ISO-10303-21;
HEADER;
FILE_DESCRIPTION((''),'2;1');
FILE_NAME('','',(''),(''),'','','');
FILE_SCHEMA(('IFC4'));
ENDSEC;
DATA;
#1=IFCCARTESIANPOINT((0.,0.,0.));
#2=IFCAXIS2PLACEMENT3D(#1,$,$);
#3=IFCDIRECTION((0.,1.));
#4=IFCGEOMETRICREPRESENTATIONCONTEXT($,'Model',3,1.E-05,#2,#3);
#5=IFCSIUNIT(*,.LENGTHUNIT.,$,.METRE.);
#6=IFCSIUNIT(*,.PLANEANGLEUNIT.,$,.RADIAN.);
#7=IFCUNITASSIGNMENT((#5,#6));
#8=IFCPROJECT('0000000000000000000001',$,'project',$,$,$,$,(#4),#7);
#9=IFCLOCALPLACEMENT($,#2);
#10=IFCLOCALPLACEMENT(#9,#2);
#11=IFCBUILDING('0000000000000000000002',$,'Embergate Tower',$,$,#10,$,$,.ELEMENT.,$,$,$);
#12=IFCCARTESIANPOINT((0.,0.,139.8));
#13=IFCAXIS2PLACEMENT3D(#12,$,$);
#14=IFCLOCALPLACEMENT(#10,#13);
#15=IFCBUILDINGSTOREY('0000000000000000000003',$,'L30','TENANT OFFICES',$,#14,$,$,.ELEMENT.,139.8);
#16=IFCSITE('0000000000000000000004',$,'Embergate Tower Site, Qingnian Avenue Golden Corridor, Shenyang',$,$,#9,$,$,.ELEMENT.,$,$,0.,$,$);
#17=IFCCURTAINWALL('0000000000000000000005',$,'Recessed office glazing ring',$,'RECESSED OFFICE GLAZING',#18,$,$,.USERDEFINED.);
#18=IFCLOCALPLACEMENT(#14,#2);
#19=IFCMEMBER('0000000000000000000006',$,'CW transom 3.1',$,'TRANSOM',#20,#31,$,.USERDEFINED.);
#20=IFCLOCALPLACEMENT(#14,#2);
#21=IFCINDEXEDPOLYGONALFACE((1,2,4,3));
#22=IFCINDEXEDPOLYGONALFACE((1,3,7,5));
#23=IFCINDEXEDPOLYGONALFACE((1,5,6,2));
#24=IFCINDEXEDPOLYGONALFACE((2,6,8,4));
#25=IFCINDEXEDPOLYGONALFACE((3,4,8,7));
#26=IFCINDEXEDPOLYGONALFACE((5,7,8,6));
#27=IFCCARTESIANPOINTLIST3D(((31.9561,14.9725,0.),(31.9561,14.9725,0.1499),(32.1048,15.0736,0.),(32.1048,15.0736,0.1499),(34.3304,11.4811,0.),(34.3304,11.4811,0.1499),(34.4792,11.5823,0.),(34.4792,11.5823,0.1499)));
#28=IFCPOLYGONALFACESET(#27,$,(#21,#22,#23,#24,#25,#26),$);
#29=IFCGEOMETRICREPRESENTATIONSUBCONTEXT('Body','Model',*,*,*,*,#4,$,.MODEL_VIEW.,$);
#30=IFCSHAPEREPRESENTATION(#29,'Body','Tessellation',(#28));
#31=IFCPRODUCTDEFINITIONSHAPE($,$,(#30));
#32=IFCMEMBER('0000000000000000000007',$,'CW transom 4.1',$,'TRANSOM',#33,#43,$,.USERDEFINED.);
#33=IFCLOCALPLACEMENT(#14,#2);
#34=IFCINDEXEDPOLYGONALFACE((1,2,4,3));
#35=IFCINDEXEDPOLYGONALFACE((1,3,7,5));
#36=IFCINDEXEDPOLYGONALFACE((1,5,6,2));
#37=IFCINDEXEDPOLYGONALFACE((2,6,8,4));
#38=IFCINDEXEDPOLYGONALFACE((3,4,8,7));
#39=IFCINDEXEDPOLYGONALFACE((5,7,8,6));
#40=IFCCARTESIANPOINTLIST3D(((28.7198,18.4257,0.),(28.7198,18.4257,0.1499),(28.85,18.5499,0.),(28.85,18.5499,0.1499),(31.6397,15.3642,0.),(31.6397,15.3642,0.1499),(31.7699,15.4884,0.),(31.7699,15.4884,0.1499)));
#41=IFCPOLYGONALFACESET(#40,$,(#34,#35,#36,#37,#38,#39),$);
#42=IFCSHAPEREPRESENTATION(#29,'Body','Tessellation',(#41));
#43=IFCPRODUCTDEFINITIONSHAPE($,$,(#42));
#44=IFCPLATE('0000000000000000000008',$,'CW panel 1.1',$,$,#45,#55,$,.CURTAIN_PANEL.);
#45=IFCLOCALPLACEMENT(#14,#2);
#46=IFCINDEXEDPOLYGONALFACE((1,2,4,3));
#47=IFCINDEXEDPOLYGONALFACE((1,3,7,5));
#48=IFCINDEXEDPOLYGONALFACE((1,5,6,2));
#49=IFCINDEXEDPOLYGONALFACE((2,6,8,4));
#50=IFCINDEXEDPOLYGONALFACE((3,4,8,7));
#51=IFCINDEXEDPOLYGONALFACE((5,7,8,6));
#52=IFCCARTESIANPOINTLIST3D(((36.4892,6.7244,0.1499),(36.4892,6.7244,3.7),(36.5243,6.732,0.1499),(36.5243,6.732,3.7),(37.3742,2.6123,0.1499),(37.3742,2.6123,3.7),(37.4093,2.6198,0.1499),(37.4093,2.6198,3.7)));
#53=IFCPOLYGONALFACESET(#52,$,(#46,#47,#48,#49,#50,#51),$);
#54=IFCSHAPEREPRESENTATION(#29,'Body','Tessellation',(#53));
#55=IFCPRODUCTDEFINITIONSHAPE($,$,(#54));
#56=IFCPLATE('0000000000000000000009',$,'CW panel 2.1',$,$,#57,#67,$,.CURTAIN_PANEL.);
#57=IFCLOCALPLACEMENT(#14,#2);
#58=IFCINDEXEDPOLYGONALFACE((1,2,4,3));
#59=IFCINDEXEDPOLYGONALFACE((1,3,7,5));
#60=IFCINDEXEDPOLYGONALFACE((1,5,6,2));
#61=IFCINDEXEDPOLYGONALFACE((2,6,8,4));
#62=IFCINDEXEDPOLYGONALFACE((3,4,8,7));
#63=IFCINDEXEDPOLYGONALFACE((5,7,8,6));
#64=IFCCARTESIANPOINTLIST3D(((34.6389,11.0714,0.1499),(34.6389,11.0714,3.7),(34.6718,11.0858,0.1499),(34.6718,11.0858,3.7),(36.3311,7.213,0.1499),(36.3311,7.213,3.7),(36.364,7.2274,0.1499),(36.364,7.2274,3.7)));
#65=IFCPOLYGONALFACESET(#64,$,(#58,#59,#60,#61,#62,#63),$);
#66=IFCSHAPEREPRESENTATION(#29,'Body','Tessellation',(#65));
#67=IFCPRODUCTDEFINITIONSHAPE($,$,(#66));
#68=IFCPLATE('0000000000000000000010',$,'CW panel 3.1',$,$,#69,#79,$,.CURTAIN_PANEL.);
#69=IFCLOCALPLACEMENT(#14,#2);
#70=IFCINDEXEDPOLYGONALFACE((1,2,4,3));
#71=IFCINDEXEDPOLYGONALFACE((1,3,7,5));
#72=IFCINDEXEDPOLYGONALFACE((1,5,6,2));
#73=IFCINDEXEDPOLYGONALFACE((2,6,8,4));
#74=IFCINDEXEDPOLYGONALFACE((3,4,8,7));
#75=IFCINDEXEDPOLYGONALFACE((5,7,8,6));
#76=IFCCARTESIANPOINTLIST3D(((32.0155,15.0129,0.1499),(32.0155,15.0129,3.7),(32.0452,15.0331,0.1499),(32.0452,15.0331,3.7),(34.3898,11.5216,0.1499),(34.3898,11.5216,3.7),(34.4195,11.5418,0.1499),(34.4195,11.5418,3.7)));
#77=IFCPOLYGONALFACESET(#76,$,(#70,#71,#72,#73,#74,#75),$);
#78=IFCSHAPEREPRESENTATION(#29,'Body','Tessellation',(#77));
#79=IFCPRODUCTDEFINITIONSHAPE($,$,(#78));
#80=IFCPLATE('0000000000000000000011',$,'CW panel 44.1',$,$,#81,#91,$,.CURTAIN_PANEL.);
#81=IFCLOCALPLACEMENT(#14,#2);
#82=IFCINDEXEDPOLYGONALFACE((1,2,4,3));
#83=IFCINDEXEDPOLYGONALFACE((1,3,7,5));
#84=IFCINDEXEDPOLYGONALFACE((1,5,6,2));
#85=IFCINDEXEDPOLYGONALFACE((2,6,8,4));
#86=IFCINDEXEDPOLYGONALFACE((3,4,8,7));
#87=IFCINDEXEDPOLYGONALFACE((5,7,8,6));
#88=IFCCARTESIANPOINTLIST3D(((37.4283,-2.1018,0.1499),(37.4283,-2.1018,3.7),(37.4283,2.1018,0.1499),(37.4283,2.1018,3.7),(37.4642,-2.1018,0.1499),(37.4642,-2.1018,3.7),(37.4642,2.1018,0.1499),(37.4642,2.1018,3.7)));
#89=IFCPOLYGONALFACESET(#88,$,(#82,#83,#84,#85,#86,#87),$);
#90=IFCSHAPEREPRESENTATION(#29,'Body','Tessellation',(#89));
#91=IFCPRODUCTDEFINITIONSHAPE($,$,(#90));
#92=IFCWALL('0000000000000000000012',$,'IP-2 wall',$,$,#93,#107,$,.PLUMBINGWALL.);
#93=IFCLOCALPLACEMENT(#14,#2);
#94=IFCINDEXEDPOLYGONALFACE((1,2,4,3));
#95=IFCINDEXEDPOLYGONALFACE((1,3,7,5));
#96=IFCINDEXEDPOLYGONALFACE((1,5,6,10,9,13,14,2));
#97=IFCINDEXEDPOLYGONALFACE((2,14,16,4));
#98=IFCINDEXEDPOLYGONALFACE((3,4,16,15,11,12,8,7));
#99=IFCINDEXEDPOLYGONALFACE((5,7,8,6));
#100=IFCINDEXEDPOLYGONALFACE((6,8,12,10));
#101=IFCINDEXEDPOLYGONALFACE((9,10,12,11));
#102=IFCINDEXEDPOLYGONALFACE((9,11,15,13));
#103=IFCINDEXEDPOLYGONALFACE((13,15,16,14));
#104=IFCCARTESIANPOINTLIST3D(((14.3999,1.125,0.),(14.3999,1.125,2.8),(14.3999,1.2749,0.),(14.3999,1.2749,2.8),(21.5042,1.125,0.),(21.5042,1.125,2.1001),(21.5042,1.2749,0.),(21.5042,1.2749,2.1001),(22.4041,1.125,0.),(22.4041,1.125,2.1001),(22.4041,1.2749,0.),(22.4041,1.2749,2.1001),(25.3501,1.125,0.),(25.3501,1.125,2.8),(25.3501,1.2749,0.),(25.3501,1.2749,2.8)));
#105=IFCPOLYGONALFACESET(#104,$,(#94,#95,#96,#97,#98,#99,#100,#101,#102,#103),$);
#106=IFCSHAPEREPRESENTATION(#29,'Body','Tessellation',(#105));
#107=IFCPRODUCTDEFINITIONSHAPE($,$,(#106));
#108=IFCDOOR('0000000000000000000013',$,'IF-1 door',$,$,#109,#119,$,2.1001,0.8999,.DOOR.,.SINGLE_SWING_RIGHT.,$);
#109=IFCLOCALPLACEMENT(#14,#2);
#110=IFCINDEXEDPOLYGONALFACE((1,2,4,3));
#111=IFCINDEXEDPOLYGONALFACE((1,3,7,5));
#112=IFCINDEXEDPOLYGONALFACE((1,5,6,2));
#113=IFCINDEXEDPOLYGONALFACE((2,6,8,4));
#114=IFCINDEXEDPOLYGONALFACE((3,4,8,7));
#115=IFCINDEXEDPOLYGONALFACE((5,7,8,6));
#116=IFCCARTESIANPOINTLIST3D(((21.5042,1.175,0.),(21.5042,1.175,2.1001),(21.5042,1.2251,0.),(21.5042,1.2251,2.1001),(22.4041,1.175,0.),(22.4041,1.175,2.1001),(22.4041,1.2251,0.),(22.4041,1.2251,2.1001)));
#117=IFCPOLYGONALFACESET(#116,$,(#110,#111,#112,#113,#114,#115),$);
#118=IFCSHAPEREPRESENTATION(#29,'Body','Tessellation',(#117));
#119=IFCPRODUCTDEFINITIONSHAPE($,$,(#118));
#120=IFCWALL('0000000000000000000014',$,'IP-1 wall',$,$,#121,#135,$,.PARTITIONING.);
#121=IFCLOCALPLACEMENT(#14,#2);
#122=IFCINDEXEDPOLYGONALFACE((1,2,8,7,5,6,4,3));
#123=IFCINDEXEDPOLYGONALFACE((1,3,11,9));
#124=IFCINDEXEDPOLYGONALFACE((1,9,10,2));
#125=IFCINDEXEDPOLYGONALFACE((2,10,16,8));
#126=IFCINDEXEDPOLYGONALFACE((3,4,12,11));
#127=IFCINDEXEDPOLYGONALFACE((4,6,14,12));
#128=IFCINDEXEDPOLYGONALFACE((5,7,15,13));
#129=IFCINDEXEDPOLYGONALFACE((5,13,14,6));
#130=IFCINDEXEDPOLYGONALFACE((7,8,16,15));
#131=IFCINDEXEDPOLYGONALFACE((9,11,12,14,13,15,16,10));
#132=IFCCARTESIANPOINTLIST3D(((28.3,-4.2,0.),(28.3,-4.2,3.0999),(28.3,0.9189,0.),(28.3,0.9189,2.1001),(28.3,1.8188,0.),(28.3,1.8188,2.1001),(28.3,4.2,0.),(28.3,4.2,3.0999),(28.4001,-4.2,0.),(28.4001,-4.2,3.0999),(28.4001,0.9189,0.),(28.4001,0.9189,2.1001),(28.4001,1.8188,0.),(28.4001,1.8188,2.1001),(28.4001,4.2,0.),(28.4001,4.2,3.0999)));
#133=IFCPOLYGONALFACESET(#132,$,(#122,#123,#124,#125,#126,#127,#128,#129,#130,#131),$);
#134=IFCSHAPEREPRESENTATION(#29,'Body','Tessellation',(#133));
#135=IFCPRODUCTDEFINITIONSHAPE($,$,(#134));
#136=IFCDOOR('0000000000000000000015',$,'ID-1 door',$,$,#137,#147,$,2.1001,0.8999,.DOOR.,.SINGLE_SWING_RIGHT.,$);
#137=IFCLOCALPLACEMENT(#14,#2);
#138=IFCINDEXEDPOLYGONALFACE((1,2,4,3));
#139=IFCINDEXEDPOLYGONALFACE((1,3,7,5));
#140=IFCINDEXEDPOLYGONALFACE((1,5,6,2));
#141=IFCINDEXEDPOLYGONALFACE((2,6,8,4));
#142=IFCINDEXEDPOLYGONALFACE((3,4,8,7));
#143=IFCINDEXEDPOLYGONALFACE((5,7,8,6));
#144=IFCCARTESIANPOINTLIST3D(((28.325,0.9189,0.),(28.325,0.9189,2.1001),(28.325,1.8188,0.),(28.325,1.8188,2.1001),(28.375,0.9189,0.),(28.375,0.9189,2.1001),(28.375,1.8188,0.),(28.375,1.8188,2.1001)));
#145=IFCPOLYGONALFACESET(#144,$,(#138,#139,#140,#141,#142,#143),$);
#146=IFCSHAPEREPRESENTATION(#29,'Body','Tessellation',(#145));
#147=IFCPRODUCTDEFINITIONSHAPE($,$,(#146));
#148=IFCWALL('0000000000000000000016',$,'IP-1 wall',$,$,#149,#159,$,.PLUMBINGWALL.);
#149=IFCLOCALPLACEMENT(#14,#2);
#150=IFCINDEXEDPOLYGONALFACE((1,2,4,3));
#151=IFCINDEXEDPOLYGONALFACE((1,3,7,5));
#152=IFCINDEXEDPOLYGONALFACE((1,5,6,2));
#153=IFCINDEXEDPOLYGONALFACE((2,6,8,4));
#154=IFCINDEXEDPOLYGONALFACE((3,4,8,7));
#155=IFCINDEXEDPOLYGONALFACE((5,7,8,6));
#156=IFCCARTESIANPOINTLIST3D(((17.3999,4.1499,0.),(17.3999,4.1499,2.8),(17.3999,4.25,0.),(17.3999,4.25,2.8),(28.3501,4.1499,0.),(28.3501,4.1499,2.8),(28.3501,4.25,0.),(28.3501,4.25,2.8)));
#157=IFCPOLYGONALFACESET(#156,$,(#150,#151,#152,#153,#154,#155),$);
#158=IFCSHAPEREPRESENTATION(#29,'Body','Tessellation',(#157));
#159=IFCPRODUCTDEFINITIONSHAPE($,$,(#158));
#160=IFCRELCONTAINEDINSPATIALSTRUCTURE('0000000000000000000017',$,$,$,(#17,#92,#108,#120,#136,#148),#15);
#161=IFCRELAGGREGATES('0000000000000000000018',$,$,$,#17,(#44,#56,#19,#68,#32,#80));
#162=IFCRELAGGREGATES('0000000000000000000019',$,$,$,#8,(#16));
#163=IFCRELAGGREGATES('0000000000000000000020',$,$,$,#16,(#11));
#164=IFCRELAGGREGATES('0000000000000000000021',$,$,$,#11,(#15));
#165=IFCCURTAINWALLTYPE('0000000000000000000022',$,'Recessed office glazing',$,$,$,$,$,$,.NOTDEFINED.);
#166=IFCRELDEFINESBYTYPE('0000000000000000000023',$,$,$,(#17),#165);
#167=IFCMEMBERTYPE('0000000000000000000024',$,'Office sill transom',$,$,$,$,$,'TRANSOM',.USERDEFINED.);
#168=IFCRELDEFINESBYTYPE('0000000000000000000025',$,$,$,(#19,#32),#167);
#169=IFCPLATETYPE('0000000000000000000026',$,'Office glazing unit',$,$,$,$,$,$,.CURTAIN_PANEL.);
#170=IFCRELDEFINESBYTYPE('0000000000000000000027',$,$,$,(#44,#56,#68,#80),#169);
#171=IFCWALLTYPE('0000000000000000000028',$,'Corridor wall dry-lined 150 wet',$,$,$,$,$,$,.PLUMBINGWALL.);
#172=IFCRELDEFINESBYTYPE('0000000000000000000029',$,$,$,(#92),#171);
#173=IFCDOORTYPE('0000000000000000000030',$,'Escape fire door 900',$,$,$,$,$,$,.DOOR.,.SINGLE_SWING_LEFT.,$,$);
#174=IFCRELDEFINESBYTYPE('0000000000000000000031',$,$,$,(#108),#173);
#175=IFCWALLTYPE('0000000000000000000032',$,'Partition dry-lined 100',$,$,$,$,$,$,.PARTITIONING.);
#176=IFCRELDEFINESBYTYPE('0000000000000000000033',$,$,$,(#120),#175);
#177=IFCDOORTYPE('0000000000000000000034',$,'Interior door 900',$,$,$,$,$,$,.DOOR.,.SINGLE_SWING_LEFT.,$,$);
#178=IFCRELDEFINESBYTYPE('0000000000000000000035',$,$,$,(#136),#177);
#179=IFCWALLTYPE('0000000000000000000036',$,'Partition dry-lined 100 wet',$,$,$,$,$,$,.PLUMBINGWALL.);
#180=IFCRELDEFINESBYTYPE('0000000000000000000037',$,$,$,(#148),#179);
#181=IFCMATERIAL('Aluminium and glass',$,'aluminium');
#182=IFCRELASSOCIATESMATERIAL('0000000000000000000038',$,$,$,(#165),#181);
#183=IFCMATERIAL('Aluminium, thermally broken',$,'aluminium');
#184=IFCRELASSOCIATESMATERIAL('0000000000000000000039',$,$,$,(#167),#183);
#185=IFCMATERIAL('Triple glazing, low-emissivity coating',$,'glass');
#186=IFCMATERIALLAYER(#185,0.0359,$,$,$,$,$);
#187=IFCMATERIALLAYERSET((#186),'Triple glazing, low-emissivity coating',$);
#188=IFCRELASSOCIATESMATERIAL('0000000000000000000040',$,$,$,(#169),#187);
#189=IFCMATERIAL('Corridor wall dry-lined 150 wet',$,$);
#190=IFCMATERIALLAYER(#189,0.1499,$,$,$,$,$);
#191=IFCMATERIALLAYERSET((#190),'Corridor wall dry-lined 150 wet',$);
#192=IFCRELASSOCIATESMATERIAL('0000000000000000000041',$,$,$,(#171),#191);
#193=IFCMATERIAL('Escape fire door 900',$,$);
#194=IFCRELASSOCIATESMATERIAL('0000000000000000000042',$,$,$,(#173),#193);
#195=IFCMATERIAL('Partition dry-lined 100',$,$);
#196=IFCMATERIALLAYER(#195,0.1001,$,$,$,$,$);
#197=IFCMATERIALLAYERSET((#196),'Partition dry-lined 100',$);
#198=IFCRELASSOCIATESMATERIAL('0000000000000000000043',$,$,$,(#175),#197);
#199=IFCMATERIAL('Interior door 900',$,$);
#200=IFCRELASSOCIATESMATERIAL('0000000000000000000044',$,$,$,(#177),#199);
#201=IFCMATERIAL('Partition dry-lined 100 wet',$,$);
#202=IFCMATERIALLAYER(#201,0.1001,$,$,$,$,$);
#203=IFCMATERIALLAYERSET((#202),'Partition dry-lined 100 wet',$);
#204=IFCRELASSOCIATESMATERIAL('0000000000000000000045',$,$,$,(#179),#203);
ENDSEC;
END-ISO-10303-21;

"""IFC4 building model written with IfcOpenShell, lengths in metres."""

from ifc_helpers import new_model, si_unit, direction, frame, frame_2d, origin, origin_2d, place, context, subcontext, project, spatial, rectangle, extrude, source, transform, mapped, material, layer, layer_set, material_profile, profile_set, type_object, element, fill, aggregate, save


model = new_model("IFC4")

# Units and contexts
model_context = context("Model", 3, precision=1e-05, world=origin(), true_north=direction((0.0, 1.0)))
body_context = subcontext(model_context, "Body", "Model", "MODEL_VIEW")
ifc_project = project(units=[si_unit("LENGTHUNIT", "METRE"), si_unit("PLANEANGLEUNIT", "RADIAN")], contexts=[model_context])

# Site, building, storey
site_placement = place(None, origin())
site = spatial("IfcSite", under=ifc_project, at=site_placement, Name="Embergate Tower Site, Qingnian Avenue Golden Corridor, Shenyang", CompositionType="ELEMENT", RefElevation=0.0)
building_placement = place(site_placement, origin())
building = spatial("IfcBuilding", under=site, at=building_placement, Name="Embergate Tower", CompositionType="ELEMENT")
storey_placement = place(building_placement, frame((0.0, 0.0, 139.8)))
storey = spatial("IfcBuildingStorey", under=building, at=storey_placement, Name="L30", Description="TENANT OFFICES", CompositionType="ELEMENT", Elevation=139.8)

# Curtain wall, members, plates
ifc_material_1 = material(Name="Aluminium and glass", Category="aluminium")
curtain_wall_type = type_object("IfcCurtainWallType", Name="Recessed office glazing", PredefinedType="NOTDEFINED", material=ifc_material_1)
curtain_wall_placement = place(storey_placement, origin())
curtain_wall = element("IfcCurtainWall", 1, at=curtain_wall_placement, inside=storey, type_object=curtain_wall_type, Name="Recessed office glazing ring", ObjectType="RECESSED OFFICE GLAZING", PredefinedType="USERDEFINED")
ifc_material_2 = material(Name="Aluminium, thermally broken", Category="aluminium")
ifc_material_profile_1 = material_profile(ifc_material_2, rectangle(XDim=0.1799, YDim=0.1499, at=origin_2d()), Name="AL 150x180")
ifc_profile_set_1 = profile_set([ifc_material_profile_1], Name="Aluminium, thermally broken")
member_type_1 = type_object("IfcMemberType", Name="Office sill transom", ElementType="TRANSOM", PredefinedType="USERDEFINED", material=ifc_profile_set_1)
shared_shape_1 = source(origin(), body_context, "Body", "SweptSolid", [
    extrude(rectangle(XDim=0.1799, YDim=0.1499, at=origin_2d()), origin(), (0.0, 0.0, 1.0), 4.2222),
])
member_1_placement = place(storey_placement, frame((34.4048, 11.5317, 0.075), z_axis=(-0.56235, 0.8269, 0.0), x_axis=(-0.8269, -0.56235, 0.0)))
member_1 = element("IfcMember", 2, at=member_1_placement, type_object=member_type_1, Name="CW transom 3.1", ObjectType="TRANSOM", PredefinedType="USERDEFINED", context=body_context, shape_type="MappedRepresentation", body=[
    mapped(shared_shape_1, transform((0.0, 0.0, 0.0))),
])
shared_shape_2 = source(origin(), body_context, "Body", "SweptSolid", [
    extrude(rectangle(XDim=0.1799, YDim=0.1499, at=origin_2d()), origin(), (0.0, 0.0, 1.0), 4.2307),
])
member_2_placement = place(storey_placement, frame((31.7048, 15.4263, 0.075), z_axis=(-0.690174, 0.723644, 0.0), x_axis=(-0.723644, -0.690174, 0.0)))
member_2 = element("IfcMember", 3, at=member_2_placement, type_object=member_type_1, Name="CW transom 4.1", ObjectType="TRANSOM", PredefinedType="USERDEFINED", context=body_context, shape_type="MappedRepresentation", body=[
    mapped(shared_shape_2, transform((0.0, 0.0, 0.0))),
])
ifc_material_3 = material(Name="Triple glazing, low-emissivity coating", Category="glass")
ifc_layer_1 = layer(ifc_material_3, 0.0359)
ifc_layer_set_1 = layer_set([ifc_layer_1], Name="Triple glazing, low-emissivity coating")
plate_type = type_object("IfcPlateType", Name="Office glazing unit", PredefinedType="CURTAIN_PANEL", material=ifc_layer_set_1)
shared_shape_3 = source(origin(), body_context, "Body", "SweptSolid", [
    extrude(rectangle(XDim=4.2063, YDim=0.0359, at=origin_2d()), origin(), (0.0, 0.0, 1.0), 3.55),
])
plate_1_placement = place(storey_placement, frame((36.9492, 4.6721, 0.1499), z_axis=(0.0, 0.0, 1.0), x_axis=(-0.210398, 0.977616, 0.0)))
plate_1 = element("IfcPlate", 4, at=plate_1_placement, type_object=plate_type, Name="CW panel 1.1", PredefinedType="CURTAIN_PANEL", context=body_context, shape_type="MappedRepresentation", body=[
    mapped(shared_shape_3, transform((0.0, 0.0, 0.0))),
])
shared_shape_4 = source(origin(), body_context, "Body", "SweptSolid", [
    extrude(rectangle(XDim=4.2131, YDim=0.0359, at=origin_2d()), origin(), (0.0, 0.0, 1.0), 3.55),
])
plate_2_placement = place(storey_placement, frame((35.5015, 9.1494, 0.1499), z_axis=(0.0, 0.0, 1.0), x_axis=(-0.401655, 0.915791, 0.0)))
plate_2 = element("IfcPlate", 5, at=plate_2_placement, type_object=plate_type, Name="CW panel 2.1", PredefinedType="CURTAIN_PANEL", context=body_context, shape_type="MappedRepresentation", body=[
    mapped(shared_shape_4, transform((0.0, 0.0, 0.0))),
])
shared_shape_5 = source(origin(), body_context, "Body", "SweptSolid", [
    extrude(rectangle(XDim=4.2222, YDim=0.0359, at=origin_2d()), origin(), (0.0, 0.0, 1.0), 3.55),
])
plate_3_placement = place(storey_placement, frame((33.2175, 13.2773, 0.1499), z_axis=(0.0, 0.0, 1.0), x_axis=(-0.562345, 0.826903, 0.0)))
plate_3 = element("IfcPlate", 6, at=plate_3_placement, type_object=plate_type, Name="CW panel 3.1", PredefinedType="CURTAIN_PANEL", context=body_context, shape_type="MappedRepresentation", body=[
    mapped(shared_shape_5, transform((0.0, 0.0, 0.0))),
])
shared_shape_6 = source(origin(), body_context, "Body", "SweptSolid", [
    extrude(rectangle(XDim=4.2036, YDim=0.0359, at=origin_2d()), origin(), (0.0, 0.0, 1.0), 3.55),
])
plate_4_placement = place(storey_placement, frame((37.4463, 0.0, 0.1499), z_axis=(0.0, 0.0, 1.0), x_axis=(0.0, 1.0, 0.0)))
plate_4 = element("IfcPlate", 7, at=plate_4_placement, type_object=plate_type, Name="CW panel 44.1", PredefinedType="CURTAIN_PANEL", context=body_context, shape_type="MappedRepresentation", body=[
    mapped(shared_shape_6, transform((0.0, 0.0, 0.0))),
])
aggregate(curtain_wall, [plate_1, plate_2, member_1, plate_3, member_2, plate_4])

# Walls, openings, doors
ifc_material_4 = material(Name="Corridor wall dry-lined 150 wet")
ifc_layer_2 = layer(ifc_material_4, 0.1499)
ifc_layer_set_2 = layer_set([ifc_layer_2], Name="Corridor wall dry-lined 150 wet")
wall_type_1 = type_object("IfcWallType", Name="Corridor wall dry-lined 150 wet", PredefinedType="PLUMBINGWALL", material=ifc_layer_set_2)
shared_shape_7 = source(origin(), body_context, "Body", "SweptSolid", [
    extrude(rectangle(XDim=10.9502, YDim=0.1499, at=frame_2d((5.4751, 0.0))), origin(), (0.0, 0.0, 1.0), 2.8),
])
wall_1_placement = place(storey_placement, frame((25.3501, 1.2, 0.0), z_axis=(0.0, 0.0, 1.0), x_axis=(-1.0, 0.0, 0.0)))
wall_1 = element("IfcWall", 8, at=wall_1_placement, inside=storey, type_object=wall_type_1, Name="IP-2 wall", PredefinedType="PLUMBINGWALL", context=body_context, shape_type="MappedRepresentation", body=[
    mapped(shared_shape_7, transform((0.0, 0.0, 0.0))),
])
shared_shape_8 = source(origin(), body_context, "Body", "SweptSolid", [
    extrude(rectangle(XDim=0.8999, YDim=2.1001, at=frame_2d((0.45, 1.05))), frame((0.0, 0.085, 0.0), z_axis=(0.0, -1.0, 0.0), x_axis=(1.0, 0.0, 0.0)), (0.0, 0.0, 1.0), 0.1699),
])
opening_1_placement = place(wall_1_placement, frame((2.946, 0.0, 0.0)))
opening_1 = element("IfcOpeningElement", 9, at=opening_1_placement, cuts=wall_1, PredefinedType="OPENING", context=body_context, shape_type="MappedRepresentation", body=[
    mapped(shared_shape_8, transform((0.0, 0.0, 0.0))),
])
ifc_material_5 = material(Name="Escape fire door 900")
door_type_1 = type_object("IfcDoorType", Name="Escape fire door 900", OperationType="SINGLE_SWING_LEFT", PredefinedType="DOOR", material=ifc_material_5)
shared_shape_9 = source(origin(), body_context, "Body", "SweptSolid", [
    extrude(rectangle(XDim=0.8999, YDim=2.1001, at=frame_2d((0.45, 1.05))), frame((0.0, 0.0249, 0.0), z_axis=(0.0, -1.0, 0.0), x_axis=(1.0, 0.0, 0.0)), (0.0, 0.0, 1.0), 0.05),
])
door_1_placement = place(opening_1_placement, origin())
door_1 = element("IfcDoor", 10, at=door_1_placement, inside=storey, type_object=door_type_1, Name="IF-1 door", OperationType="SINGLE_SWING_RIGHT", OverallHeight=2.1001, OverallWidth=0.8999, PredefinedType="DOOR", context=body_context, shape_type="MappedRepresentation", body=[
    mapped(shared_shape_9, transform((0.0, 0.0, 0.0))),
])
fill(opening_1, door_1)
ifc_material_6 = material(Name="Partition dry-lined 100")
ifc_layer_3 = layer(ifc_material_6, 0.1001)
ifc_layer_set_3 = layer_set([ifc_layer_3], Name="Partition dry-lined 100")
wall_type_2 = type_object("IfcWallType", Name="Partition dry-lined 100", PredefinedType="PARTITIONING", material=ifc_layer_set_3)
shared_shape_10 = source(origin(), body_context, "Body", "SweptSolid", [
    extrude(rectangle(XDim=8.3999, YDim=0.1001, at=frame_2d((4.2, 0.0))), origin(), (0.0, 0.0, 1.0), 3.0999),
])
wall_2_placement = place(storey_placement, frame((28.3501, 4.2, 0.0), z_axis=(0.0, 0.0, 1.0), x_axis=(0.0, -1.0, 0.0)))
wall_2 = element("IfcWall", 11, at=wall_2_placement, inside=storey, type_object=wall_type_2, Name="IP-1 wall", PredefinedType="PARTITIONING", context=body_context, shape_type="MappedRepresentation", body=[
    mapped(shared_shape_10, transform((0.0, 0.0, 0.0))),
])
shared_shape_11 = source(origin(), body_context, "Body", "SweptSolid", [
    extrude(rectangle(XDim=0.8999, YDim=2.1001, at=frame_2d((0.45, 1.05))), frame((0.0, 0.0601, 0.0), z_axis=(0.0, -1.0, 0.0), x_axis=(1.0, 0.0, 0.0)), (0.0, 0.0, 1.0), 0.1201),
])
opening_2_placement = place(wall_2_placement, frame((2.3811, 0.0, 0.0)))
opening_2 = element("IfcOpeningElement", 12, at=opening_2_placement, cuts=wall_2, PredefinedType="OPENING", context=body_context, shape_type="MappedRepresentation", body=[
    mapped(shared_shape_11, transform((0.0, 0.0, 0.0))),
])
ifc_material_7 = material(Name="Interior door 900")
door_type_2 = type_object("IfcDoorType", Name="Interior door 900", OperationType="SINGLE_SWING_LEFT", PredefinedType="DOOR", material=ifc_material_7)
door_2_placement = place(opening_2_placement, origin())
door_2 = element("IfcDoor", 13, at=door_2_placement, inside=storey, type_object=door_type_2, Name="ID-1 door", OperationType="SINGLE_SWING_RIGHT", OverallHeight=2.1001, OverallWidth=0.8999, PredefinedType="DOOR", context=body_context, shape_type="MappedRepresentation", body=[
    mapped(shared_shape_9, transform((0.0, 0.0, 0.0))),
])
fill(opening_2, door_2)

# Wall
ifc_material_8 = material(Name="Partition dry-lined 100 wet")
ifc_layer_4 = layer(ifc_material_8, 0.1001)
ifc_layer_set_4 = layer_set([ifc_layer_4], Name="Partition dry-lined 100 wet")
wall_type_3 = type_object("IfcWallType", Name="Partition dry-lined 100 wet", PredefinedType="PLUMBINGWALL", material=ifc_layer_set_4)
shared_shape_12 = source(origin(), body_context, "Body", "SweptSolid", [
    extrude(rectangle(XDim=10.9502, YDim=0.1001, at=frame_2d((5.4751, 0.0))), origin(), (0.0, 0.0, 1.0), 2.8),
])
wall_3_placement = place(storey_placement, frame((17.3999, 4.2, 0.0), z_axis=(0.0, 0.0, 1.0), x_axis=(1.0, 0.0, 0.0)))
element("IfcWall", 14, at=wall_3_placement, inside=storey, type_object=wall_type_3, Name="IP-1 wall", PredefinedType="PLUMBINGWALL", context=body_context, shape_type="MappedRepresentation", body=[
    mapped(shared_shape_12, transform((0.0, 0.0, 0.0))),
])

save(model, "model.ifc")
